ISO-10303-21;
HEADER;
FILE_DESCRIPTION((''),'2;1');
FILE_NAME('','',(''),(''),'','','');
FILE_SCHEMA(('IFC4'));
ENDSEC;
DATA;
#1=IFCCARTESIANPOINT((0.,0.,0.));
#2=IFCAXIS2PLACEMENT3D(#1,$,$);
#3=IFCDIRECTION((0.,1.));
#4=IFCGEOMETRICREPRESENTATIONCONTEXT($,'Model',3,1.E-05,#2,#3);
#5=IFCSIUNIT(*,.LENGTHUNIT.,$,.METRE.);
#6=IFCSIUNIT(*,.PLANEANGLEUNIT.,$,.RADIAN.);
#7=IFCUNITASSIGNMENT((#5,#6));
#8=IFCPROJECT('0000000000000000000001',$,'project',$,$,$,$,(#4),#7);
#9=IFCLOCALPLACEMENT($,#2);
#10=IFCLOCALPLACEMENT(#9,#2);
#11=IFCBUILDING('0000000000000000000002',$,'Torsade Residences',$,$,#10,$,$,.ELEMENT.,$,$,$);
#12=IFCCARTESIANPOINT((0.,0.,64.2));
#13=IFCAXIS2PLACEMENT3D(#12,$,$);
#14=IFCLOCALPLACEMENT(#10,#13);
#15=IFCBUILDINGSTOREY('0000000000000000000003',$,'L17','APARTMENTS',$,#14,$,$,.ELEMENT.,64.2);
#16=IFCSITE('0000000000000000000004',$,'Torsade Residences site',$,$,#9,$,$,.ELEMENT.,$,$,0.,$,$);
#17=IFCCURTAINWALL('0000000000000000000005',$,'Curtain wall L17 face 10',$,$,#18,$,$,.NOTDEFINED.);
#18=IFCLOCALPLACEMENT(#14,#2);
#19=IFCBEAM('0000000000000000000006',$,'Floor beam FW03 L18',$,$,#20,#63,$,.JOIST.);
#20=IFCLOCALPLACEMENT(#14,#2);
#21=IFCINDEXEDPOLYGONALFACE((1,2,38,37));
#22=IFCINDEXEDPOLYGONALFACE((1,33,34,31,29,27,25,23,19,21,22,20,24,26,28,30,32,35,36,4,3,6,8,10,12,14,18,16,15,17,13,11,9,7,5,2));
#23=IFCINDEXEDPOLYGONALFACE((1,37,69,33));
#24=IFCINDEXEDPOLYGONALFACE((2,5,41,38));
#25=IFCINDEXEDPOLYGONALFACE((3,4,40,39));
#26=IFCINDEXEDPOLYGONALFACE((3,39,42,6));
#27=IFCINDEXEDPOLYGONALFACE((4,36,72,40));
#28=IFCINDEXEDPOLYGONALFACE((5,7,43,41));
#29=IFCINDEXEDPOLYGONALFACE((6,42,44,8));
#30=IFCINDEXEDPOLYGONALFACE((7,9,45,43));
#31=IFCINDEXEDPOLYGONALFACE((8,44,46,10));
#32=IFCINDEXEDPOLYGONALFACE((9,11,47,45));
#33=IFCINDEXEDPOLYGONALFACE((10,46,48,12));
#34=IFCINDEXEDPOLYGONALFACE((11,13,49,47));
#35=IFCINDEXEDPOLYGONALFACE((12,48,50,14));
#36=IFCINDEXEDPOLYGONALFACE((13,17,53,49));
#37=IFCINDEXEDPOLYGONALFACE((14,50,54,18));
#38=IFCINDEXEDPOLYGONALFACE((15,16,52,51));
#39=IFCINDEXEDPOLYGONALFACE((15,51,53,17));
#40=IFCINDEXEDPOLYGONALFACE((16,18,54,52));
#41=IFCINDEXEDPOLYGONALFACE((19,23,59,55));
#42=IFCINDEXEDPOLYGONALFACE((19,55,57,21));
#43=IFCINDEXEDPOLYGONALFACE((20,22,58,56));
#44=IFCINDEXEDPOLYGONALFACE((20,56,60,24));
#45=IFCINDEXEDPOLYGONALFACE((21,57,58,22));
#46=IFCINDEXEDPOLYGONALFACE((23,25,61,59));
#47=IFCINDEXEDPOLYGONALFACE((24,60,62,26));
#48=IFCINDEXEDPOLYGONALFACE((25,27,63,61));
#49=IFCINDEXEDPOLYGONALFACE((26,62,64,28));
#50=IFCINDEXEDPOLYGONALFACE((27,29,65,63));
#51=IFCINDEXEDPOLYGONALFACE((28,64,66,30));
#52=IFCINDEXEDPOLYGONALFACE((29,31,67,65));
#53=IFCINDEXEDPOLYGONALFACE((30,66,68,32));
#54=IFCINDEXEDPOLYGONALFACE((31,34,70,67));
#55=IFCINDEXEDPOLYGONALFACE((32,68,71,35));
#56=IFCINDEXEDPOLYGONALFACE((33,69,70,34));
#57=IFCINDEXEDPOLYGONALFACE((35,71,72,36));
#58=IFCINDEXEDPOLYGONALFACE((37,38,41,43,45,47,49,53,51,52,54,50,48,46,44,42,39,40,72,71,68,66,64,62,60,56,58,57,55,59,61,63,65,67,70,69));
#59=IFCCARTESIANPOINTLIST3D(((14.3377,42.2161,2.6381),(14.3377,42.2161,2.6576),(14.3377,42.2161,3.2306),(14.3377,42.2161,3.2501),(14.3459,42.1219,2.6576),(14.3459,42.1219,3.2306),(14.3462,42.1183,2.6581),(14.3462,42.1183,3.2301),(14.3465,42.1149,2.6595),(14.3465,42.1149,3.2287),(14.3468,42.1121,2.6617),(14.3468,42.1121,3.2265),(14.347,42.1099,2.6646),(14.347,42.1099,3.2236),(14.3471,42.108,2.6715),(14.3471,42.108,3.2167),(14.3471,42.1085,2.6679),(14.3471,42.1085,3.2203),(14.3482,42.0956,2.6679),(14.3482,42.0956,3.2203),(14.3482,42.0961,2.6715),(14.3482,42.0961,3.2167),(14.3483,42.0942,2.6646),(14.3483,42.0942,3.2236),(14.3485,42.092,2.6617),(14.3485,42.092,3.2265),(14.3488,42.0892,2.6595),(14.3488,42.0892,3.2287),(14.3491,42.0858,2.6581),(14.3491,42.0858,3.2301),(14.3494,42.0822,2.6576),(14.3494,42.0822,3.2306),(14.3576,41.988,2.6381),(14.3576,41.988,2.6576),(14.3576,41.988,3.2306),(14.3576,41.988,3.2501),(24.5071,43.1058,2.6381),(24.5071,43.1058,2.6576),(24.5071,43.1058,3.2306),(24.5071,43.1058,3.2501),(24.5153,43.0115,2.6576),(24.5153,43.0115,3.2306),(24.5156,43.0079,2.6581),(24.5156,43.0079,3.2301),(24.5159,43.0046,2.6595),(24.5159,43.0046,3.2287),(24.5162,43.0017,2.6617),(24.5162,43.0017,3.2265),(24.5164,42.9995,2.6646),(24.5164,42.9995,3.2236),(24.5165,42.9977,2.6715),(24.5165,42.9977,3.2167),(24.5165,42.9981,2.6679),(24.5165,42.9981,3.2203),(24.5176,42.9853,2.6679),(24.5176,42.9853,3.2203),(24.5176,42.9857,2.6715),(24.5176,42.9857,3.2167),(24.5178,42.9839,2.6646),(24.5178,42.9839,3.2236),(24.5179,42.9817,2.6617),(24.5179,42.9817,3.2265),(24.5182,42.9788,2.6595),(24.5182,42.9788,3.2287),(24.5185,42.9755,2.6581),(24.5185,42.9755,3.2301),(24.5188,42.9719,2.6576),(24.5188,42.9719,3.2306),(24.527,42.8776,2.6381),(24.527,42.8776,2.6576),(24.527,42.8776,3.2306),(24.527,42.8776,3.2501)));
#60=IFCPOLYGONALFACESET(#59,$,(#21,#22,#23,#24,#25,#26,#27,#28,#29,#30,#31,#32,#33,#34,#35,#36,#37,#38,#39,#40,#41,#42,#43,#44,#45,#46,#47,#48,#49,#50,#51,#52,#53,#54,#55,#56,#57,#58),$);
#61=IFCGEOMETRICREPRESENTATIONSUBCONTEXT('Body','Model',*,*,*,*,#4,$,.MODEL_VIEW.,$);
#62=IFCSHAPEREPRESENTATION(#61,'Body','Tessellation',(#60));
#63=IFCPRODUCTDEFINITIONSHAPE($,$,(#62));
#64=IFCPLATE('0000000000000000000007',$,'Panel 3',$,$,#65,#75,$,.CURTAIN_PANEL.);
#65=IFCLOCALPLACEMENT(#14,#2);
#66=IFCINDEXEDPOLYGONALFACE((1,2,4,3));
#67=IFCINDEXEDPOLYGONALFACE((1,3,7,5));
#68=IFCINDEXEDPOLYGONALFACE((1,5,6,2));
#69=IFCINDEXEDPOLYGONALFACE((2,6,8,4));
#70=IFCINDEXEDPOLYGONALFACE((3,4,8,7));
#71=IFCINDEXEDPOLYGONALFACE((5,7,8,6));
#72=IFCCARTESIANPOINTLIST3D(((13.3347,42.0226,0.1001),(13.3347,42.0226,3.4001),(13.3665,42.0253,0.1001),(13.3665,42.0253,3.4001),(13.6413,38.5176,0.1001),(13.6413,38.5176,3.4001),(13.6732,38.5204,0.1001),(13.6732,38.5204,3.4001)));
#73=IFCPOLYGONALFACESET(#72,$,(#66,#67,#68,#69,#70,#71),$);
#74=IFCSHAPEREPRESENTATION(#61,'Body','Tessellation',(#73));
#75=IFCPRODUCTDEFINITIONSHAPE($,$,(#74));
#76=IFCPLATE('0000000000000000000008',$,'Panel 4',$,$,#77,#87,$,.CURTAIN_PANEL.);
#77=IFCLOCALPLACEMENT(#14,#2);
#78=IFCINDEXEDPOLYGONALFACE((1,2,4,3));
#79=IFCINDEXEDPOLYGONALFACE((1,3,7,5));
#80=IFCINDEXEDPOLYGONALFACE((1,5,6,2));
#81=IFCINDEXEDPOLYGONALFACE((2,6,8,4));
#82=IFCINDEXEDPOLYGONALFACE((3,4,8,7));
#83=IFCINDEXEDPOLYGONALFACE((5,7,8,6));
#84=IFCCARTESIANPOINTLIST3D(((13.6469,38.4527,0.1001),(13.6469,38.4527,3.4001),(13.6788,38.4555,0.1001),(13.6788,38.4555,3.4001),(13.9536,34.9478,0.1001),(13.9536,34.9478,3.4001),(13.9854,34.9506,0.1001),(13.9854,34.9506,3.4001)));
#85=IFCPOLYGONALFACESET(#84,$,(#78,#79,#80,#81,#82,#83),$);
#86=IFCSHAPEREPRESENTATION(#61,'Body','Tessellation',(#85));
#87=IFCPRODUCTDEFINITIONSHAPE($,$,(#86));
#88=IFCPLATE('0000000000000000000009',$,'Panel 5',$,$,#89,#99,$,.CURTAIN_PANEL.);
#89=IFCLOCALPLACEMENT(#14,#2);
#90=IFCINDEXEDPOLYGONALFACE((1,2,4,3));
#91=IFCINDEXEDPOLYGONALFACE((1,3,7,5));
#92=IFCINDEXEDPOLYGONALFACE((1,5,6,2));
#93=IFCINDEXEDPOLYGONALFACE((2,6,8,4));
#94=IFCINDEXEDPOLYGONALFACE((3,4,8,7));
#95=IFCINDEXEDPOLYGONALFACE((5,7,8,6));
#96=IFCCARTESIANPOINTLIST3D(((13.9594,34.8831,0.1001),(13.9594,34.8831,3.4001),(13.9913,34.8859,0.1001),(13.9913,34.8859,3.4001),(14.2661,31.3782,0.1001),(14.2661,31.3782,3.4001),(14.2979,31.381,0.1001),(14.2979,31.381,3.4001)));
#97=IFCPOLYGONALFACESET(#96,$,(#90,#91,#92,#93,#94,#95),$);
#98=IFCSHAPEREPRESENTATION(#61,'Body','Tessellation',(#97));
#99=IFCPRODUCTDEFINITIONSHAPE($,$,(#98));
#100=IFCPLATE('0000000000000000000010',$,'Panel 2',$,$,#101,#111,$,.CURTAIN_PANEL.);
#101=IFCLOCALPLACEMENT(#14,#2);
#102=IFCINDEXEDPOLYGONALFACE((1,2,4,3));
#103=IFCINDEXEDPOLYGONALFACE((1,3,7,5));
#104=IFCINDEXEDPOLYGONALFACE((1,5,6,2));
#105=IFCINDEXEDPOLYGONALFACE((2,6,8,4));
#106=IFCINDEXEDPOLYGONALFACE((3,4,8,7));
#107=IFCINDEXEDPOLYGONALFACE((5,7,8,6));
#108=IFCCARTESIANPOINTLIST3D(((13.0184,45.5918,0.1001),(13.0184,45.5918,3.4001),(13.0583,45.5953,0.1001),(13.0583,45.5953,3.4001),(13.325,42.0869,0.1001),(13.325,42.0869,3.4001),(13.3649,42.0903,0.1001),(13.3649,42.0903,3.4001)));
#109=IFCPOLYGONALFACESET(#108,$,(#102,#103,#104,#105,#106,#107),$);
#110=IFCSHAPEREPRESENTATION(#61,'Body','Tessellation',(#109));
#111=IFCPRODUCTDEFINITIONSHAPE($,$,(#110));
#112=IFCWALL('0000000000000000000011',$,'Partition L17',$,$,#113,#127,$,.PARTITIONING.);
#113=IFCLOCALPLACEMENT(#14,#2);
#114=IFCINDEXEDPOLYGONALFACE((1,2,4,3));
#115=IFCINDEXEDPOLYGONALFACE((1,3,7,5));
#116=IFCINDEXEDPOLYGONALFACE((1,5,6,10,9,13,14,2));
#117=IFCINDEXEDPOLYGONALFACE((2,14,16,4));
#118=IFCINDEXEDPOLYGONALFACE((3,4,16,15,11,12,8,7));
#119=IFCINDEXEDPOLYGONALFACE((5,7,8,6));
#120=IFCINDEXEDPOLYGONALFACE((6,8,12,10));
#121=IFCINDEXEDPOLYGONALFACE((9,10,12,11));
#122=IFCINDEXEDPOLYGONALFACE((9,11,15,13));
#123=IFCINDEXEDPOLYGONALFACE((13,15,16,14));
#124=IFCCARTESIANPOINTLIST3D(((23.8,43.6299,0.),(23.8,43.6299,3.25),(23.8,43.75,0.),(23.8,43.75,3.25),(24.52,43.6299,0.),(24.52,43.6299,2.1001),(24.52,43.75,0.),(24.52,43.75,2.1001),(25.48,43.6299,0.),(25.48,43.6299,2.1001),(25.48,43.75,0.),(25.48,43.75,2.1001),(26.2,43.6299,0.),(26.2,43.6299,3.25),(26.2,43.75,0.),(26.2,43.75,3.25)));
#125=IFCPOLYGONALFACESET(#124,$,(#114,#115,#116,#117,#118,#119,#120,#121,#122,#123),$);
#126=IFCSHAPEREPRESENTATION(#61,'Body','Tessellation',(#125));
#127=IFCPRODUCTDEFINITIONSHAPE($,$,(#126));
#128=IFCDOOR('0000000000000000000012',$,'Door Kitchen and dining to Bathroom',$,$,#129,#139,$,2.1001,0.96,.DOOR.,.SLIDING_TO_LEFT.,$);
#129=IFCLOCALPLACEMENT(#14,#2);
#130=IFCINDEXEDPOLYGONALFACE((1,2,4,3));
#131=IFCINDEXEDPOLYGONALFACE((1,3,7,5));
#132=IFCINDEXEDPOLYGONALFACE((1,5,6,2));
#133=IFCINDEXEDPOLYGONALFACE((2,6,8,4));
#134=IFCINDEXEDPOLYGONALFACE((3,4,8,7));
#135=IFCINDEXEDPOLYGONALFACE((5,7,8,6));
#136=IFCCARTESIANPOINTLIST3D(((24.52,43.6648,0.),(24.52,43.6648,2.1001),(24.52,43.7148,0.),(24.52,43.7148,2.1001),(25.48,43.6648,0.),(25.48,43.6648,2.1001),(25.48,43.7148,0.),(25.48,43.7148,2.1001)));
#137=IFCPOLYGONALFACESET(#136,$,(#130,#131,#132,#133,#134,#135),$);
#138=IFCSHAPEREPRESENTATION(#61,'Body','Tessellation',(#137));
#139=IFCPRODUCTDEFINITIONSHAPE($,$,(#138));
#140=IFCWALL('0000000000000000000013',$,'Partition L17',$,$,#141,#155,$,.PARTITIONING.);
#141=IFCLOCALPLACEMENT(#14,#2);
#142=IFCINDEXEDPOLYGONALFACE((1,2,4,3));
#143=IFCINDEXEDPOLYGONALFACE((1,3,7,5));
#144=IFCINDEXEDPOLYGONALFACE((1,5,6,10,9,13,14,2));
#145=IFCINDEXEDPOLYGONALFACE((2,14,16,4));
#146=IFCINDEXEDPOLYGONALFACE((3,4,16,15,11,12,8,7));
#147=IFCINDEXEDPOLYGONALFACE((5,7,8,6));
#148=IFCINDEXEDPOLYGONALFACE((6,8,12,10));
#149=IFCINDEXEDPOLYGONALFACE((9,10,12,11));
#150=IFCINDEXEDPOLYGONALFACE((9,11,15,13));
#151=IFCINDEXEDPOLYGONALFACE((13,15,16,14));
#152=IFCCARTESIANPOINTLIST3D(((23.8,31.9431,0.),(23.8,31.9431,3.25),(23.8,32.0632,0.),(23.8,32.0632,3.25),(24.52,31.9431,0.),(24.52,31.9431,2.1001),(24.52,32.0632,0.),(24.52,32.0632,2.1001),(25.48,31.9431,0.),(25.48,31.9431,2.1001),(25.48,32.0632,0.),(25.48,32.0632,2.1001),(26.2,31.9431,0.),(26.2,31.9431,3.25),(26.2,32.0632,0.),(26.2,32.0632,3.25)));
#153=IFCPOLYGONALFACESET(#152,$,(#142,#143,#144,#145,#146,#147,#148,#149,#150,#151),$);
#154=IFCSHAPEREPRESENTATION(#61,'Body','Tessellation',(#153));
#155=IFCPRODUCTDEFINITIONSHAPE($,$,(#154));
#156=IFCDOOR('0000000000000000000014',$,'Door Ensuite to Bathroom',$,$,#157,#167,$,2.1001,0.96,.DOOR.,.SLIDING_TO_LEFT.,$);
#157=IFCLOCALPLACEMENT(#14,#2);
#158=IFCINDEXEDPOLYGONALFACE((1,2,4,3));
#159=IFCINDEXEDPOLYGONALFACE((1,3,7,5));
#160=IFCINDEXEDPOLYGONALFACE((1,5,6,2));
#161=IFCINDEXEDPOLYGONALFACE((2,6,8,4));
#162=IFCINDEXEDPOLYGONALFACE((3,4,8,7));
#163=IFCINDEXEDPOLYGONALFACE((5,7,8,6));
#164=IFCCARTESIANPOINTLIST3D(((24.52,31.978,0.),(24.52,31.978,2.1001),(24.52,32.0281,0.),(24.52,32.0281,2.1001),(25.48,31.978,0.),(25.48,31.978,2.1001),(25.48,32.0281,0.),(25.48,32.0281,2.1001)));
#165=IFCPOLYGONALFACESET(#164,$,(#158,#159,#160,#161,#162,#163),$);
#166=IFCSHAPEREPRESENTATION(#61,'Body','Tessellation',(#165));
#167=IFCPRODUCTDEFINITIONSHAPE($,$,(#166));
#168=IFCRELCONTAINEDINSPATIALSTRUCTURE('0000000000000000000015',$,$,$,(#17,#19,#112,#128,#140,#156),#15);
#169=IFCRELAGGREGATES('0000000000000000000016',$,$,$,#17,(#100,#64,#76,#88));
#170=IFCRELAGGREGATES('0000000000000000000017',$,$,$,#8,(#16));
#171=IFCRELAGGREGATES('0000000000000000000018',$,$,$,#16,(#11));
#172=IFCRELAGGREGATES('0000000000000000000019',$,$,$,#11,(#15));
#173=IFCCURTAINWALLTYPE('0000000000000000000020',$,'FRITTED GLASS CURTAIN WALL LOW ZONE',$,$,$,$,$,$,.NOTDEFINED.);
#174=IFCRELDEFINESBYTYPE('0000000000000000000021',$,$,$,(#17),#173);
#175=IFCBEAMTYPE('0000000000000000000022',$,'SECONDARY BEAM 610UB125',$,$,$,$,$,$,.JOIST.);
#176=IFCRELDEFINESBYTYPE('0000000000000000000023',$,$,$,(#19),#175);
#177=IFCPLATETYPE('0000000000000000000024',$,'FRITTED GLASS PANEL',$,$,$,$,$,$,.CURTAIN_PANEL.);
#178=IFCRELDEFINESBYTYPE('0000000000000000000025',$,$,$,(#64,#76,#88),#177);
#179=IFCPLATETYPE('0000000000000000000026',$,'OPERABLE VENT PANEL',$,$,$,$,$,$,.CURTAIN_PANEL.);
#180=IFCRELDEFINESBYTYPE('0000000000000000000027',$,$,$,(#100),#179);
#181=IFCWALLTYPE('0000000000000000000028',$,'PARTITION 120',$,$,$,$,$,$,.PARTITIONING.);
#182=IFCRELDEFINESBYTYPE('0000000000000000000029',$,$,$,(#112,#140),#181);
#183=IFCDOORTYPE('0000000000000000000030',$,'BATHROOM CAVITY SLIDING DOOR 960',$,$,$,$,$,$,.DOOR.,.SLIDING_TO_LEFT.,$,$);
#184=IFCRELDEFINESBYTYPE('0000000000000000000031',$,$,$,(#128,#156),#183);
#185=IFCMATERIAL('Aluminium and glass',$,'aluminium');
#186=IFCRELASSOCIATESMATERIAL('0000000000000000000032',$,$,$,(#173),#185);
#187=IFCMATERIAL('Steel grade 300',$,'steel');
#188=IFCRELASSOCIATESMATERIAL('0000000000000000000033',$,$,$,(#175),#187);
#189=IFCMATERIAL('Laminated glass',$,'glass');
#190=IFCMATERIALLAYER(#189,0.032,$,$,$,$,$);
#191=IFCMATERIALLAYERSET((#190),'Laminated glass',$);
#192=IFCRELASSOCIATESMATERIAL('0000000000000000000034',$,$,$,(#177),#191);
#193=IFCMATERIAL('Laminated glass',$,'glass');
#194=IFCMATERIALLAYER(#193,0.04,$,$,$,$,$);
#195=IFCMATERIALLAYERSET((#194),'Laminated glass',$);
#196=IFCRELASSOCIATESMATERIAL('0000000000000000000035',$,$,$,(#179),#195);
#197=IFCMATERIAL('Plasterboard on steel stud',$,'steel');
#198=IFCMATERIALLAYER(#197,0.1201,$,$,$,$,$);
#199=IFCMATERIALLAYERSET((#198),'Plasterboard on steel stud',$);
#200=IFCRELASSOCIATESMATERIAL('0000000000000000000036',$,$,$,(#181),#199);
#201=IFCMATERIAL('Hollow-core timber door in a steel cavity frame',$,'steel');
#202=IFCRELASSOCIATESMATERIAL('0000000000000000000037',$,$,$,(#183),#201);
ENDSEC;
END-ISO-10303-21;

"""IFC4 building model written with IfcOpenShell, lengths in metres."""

from ifc_helpers import new_model, si_unit, direction, frame, frame_2d, origin, origin_2d, place, context, subcontext, project, spatial, rectangle, i_section, extrude, material, layer, layer_set, material_profile, profile_set, type_object, element, fill, aggregate, save


model = new_model("IFC4")

# Units and contexts
model_context = context("Model", 3, precision=1e-05, world=origin(), true_north=direction((0.0, 1.0)))
body_context = subcontext(model_context, "Body", "Model", "MODEL_VIEW")
ifc_project = project(units=[si_unit("LENGTHUNIT", "METRE"), si_unit("PLANEANGLEUNIT", "RADIAN")], contexts=[model_context])

# Site, building, storey
site_placement = place(None, origin())
site = spatial("IfcSite", under=ifc_project, at=site_placement, Name="Torsade Residences site", CompositionType="ELEMENT", RefElevation=0.0)
building_placement = place(site_placement, origin())
building = spatial("IfcBuilding", under=site, at=building_placement, Name="Torsade Residences", CompositionType="ELEMENT")
storey_placement = place(building_placement, frame((0.0, 0.0, 64.2)))
storey = spatial("IfcBuildingStorey", under=building, at=storey_placement, Name="L17", Description="APARTMENTS", CompositionType="ELEMENT", Elevation=64.2)

# Curtain wall
ifc_material_1 = material(Name="Aluminium and glass", Category="aluminium")
curtain_wall_type = type_object("IfcCurtainWallType", Name="FRITTED GLASS CURTAIN WALL LOW ZONE", PredefinedType="NOTDEFINED", material=ifc_material_1)
curtain_wall_placement = place(storey_placement, origin())
curtain_wall = element("IfcCurtainWall", 1, at=curtain_wall_placement, inside=storey, type_object=curtain_wall_type, Name="Curtain wall L17 face 10", PredefinedType="NOTDEFINED")

# Beam
ifc_material_2 = material(Name="Steel grade 300", Category="steel")
ifc_material_profile_1 = material_profile(ifc_material_2, i_section(OverallWidth=0.229, OverallDepth=0.6121, WebThickness=0.012, FlangeThickness=0.0195, FilletRadius=0.0139, at=origin_2d()), Name="610UB125")
ifc_profile_set_1 = profile_set([ifc_material_profile_1], Name="Steel grade 300")
beam_type_1 = type_object("IfcBeamType", Name="SECONDARY BEAM 610UB125", PredefinedType="JOIST", material=ifc_profile_set_1)
beam_1_placement = place(storey_placement, frame((14.3477, 42.1021, 2.9441), z_axis=(0.996195, 0.08715, 0.0), x_axis=(-0.08715, 0.996195, 0.0)))
element("IfcBeam", 2, at=beam_1_placement, inside=storey, type_object=beam_type_1, Name="Floor beam FW03 L18", PredefinedType="JOIST", context=body_context, shape_type="SweptSolid", body=[
    extrude(i_section(OverallWidth=0.229, OverallDepth=0.6121, WebThickness=0.012, FlangeThickness=0.0195, FilletRadius=0.0139, at=origin_2d()), origin(), (0.0, 0.0, 1.0), 10.2083),
])

# Plates
ifc_material_3 = material(Name="Laminated glass", Category="glass")
ifc_layer_1 = layer(ifc_material_3, 0.032)
ifc_layer_set_1 = layer_set([ifc_layer_1], Name="Laminated glass")
plate_type_1 = type_object("IfcPlateType", Name="FRITTED GLASS PANEL", PredefinedType="CURTAIN_PANEL", material=ifc_layer_set_1)
plate_1_placement = place(storey_placement, frame((13.5039, 40.2715, 0.1001), z_axis=(0.0, 0.0, 1.0), x_axis=(0.087156, -0.996195, 0.0)))
plate_1 = element("IfcPlate", 3, at=plate_1_placement, type_object=plate_type_1, Name="Panel 3", PredefinedType="CURTAIN_PANEL", context=body_context, shape_type="SweptSolid", body=[
    extrude(rectangle(XDim=3.5183, YDim=0.032, at=origin_2d()), origin(), (0.0, 0.0, 1.0), 3.3),
])
plate_2_placement = place(storey_placement, frame((13.8162, 36.7017, 0.1001), z_axis=(0.0, 0.0, 1.0), x_axis=(0.087156, -0.996195, 0.0)))
plate_2 = element("IfcPlate", 4, at=plate_2_placement, type_object=plate_type_1, Name="Panel 4", PredefinedType="CURTAIN_PANEL", context=body_context, shape_type="SweptSolid", body=[
    extrude(rectangle(XDim=3.5183, YDim=0.032, at=origin_2d()), origin(), (0.0, 0.0, 1.0), 3.3),
])
plate_3_placement = place(storey_placement, frame((14.1287, 33.1321, 0.1001), z_axis=(0.0, 0.0, 1.0), x_axis=(0.087156, -0.996195, 0.0)))
plate_3 = element("IfcPlate", 5, at=plate_3_placement, type_object=plate_type_1, Name="Panel 5", PredefinedType="CURTAIN_PANEL", context=body_context, shape_type="SweptSolid", body=[
    extrude(rectangle(XDim=3.5183, YDim=0.032, at=origin_2d()), origin(), (0.0, 0.0, 1.0), 3.3),
])
ifc_material_4 = material(Name="Laminated glass", Category="glass")
ifc_layer_2 = layer(ifc_material_4, 0.04)
ifc_layer_set_2 = layer_set([ifc_layer_2], Name="Laminated glass")
plate_type_2 = type_object("IfcPlateType", Name="OPERABLE VENT PANEL", PredefinedType="CURTAIN_PANEL", material=ifc_layer_set_2)
plate_4_placement = place(storey_placement, frame((13.1917, 43.8411, 0.1001), z_axis=(0.0, 0.0, 1.0), x_axis=(0.087156, -0.996195, 0.0)))
plate_4 = element("IfcPlate", 6, at=plate_4_placement, type_object=plate_type_2, Name="Panel 2", PredefinedType="CURTAIN_PANEL", context=body_context, shape_type="SweptSolid", body=[
    extrude(rectangle(XDim=3.5183, YDim=0.04, at=origin_2d()), origin(), (0.0, 0.0, 1.0), 3.3),
])
aggregate(curtain_wall, [plate_4, plate_1, plate_2, plate_3])

# Walls, openings, doors
ifc_material_5 = material(Name="Plasterboard on steel stud", Category="steel")
ifc_layer_3 = layer(ifc_material_5, 0.1201)
ifc_layer_set_3 = layer_set([ifc_layer_3], Name="Plasterboard on steel stud")
wall_type_1 = type_object("IfcWallType", Name="PARTITION 120", PredefinedType="PARTITIONING", material=ifc_layer_set_3)
wall_1_placement = place(storey_placement, frame((23.8, 43.6899, 0.0), z_axis=(0.0, 0.0, 1.0), x_axis=(1.0, 0.0, 0.0)))
wall_1 = element("IfcWall", 7, at=wall_1_placement, inside=storey, type_object=wall_type_1, Name="Partition L17", PredefinedType="PARTITIONING", context=body_context, shape_type="SweptSolid", body=[
    extrude(rectangle(XDim=2.3999, YDim=0.1201, at=frame_2d((1.2, 0.0))), origin(), (0.0, 0.0, 1.0), 3.25),
])
opening_1_placement = place(wall_1_placement, frame((0.72, 0.0, 0.0)))
opening_1 = element("IfcOpeningElement", 8, at=opening_1_placement, cuts=wall_1, PredefinedType="OPENING", context=body_context, shape_type="SweptSolid", body=[
    extrude(rectangle(XDim=0.96, YDim=2.1001, at=frame_2d((0.48, 1.05))), frame((0.0, 0.0701, 0.0), z_axis=(0.0, -1.0, 0.0), x_axis=(1.0, 0.0, 0.0)), (0.0, 0.0, 1.0), 0.1401),
])
ifc_material_6 = material(Name="Hollow-core timber door in a steel cavity frame", Category="steel")
door_type_1 = type_object("IfcDoorType", Name="BATHROOM CAVITY SLIDING DOOR 960", OperationType="SLIDING_TO_LEFT", PredefinedType="DOOR", material=ifc_material_6)
door_1_placement = place(opening_1_placement, origin())
door_1 = element("IfcDoor", 9, at=door_1_placement, inside=storey, type_object=door_type_1, Name="Door Kitchen and dining to Bathroom", OperationType="SLIDING_TO_LEFT", OverallHeight=2.1001, OverallWidth=0.96, PredefinedType="DOOR", context=body_context, shape_type="SweptSolid", body=[
    extrude(rectangle(XDim=0.96, YDim=2.1001, at=frame_2d((0.48, 1.05))), frame((0.0, 0.0249, 0.0), z_axis=(0.0, -1.0, 0.0), x_axis=(1.0, 0.0, 0.0)), (0.0, 0.0, 1.0), 0.05),
])
fill(opening_1, door_1)
wall_2_placement = place(storey_placement, frame((23.8, 32.0032, 0.0), z_axis=(0.0, 0.0, 1.0), x_axis=(1.0, 0.0, 0.0)))
wall_2 = element("IfcWall", 10, at=wall_2_placement, inside=storey, type_object=wall_type_1, Name="Partition L17", PredefinedType="PARTITIONING", context=body_context, shape_type="SweptSolid", body=[
    extrude(rectangle(XDim=2.3999, YDim=0.1201, at=frame_2d((1.2, 0.0))), origin(), (0.0, 0.0, 1.0), 3.25),
])
opening_2_placement = place(wall_2_placement, frame((0.72, 0.0, 0.0)))
opening_2 = element("IfcOpeningElement", 11, at=opening_2_placement, cuts=wall_2, PredefinedType="OPENING", context=body_context, shape_type="SweptSolid", body=[
    extrude(rectangle(XDim=0.96, YDim=2.1001, at=frame_2d((0.48, 1.05))), frame((0.0, 0.0701, 0.0), z_axis=(0.0, -1.0, 0.0), x_axis=(1.0, 0.0, 0.0)), (0.0, 0.0, 1.0), 0.1401),
])
door_2_placement = place(opening_2_placement, origin())
door_2 = element("IfcDoor", 12, at=door_2_placement, inside=storey, type_object=door_type_1, Name="Door Ensuite to Bathroom", OperationType="SLIDING_TO_LEFT", OverallHeight=2.1001, OverallWidth=0.96, PredefinedType="DOOR", context=body_context, shape_type="SweptSolid", body=[
    extrude(rectangle(XDim=0.96, YDim=2.1001, at=frame_2d((0.48, 1.05))), frame((0.0, 0.0249, 0.0), z_axis=(0.0, -1.0, 0.0), x_axis=(1.0, 0.0, 0.0)), (0.0, 0.0, 1.0), 0.05),
])
fill(opening_2, door_2)

save(model, "model.ifc")
